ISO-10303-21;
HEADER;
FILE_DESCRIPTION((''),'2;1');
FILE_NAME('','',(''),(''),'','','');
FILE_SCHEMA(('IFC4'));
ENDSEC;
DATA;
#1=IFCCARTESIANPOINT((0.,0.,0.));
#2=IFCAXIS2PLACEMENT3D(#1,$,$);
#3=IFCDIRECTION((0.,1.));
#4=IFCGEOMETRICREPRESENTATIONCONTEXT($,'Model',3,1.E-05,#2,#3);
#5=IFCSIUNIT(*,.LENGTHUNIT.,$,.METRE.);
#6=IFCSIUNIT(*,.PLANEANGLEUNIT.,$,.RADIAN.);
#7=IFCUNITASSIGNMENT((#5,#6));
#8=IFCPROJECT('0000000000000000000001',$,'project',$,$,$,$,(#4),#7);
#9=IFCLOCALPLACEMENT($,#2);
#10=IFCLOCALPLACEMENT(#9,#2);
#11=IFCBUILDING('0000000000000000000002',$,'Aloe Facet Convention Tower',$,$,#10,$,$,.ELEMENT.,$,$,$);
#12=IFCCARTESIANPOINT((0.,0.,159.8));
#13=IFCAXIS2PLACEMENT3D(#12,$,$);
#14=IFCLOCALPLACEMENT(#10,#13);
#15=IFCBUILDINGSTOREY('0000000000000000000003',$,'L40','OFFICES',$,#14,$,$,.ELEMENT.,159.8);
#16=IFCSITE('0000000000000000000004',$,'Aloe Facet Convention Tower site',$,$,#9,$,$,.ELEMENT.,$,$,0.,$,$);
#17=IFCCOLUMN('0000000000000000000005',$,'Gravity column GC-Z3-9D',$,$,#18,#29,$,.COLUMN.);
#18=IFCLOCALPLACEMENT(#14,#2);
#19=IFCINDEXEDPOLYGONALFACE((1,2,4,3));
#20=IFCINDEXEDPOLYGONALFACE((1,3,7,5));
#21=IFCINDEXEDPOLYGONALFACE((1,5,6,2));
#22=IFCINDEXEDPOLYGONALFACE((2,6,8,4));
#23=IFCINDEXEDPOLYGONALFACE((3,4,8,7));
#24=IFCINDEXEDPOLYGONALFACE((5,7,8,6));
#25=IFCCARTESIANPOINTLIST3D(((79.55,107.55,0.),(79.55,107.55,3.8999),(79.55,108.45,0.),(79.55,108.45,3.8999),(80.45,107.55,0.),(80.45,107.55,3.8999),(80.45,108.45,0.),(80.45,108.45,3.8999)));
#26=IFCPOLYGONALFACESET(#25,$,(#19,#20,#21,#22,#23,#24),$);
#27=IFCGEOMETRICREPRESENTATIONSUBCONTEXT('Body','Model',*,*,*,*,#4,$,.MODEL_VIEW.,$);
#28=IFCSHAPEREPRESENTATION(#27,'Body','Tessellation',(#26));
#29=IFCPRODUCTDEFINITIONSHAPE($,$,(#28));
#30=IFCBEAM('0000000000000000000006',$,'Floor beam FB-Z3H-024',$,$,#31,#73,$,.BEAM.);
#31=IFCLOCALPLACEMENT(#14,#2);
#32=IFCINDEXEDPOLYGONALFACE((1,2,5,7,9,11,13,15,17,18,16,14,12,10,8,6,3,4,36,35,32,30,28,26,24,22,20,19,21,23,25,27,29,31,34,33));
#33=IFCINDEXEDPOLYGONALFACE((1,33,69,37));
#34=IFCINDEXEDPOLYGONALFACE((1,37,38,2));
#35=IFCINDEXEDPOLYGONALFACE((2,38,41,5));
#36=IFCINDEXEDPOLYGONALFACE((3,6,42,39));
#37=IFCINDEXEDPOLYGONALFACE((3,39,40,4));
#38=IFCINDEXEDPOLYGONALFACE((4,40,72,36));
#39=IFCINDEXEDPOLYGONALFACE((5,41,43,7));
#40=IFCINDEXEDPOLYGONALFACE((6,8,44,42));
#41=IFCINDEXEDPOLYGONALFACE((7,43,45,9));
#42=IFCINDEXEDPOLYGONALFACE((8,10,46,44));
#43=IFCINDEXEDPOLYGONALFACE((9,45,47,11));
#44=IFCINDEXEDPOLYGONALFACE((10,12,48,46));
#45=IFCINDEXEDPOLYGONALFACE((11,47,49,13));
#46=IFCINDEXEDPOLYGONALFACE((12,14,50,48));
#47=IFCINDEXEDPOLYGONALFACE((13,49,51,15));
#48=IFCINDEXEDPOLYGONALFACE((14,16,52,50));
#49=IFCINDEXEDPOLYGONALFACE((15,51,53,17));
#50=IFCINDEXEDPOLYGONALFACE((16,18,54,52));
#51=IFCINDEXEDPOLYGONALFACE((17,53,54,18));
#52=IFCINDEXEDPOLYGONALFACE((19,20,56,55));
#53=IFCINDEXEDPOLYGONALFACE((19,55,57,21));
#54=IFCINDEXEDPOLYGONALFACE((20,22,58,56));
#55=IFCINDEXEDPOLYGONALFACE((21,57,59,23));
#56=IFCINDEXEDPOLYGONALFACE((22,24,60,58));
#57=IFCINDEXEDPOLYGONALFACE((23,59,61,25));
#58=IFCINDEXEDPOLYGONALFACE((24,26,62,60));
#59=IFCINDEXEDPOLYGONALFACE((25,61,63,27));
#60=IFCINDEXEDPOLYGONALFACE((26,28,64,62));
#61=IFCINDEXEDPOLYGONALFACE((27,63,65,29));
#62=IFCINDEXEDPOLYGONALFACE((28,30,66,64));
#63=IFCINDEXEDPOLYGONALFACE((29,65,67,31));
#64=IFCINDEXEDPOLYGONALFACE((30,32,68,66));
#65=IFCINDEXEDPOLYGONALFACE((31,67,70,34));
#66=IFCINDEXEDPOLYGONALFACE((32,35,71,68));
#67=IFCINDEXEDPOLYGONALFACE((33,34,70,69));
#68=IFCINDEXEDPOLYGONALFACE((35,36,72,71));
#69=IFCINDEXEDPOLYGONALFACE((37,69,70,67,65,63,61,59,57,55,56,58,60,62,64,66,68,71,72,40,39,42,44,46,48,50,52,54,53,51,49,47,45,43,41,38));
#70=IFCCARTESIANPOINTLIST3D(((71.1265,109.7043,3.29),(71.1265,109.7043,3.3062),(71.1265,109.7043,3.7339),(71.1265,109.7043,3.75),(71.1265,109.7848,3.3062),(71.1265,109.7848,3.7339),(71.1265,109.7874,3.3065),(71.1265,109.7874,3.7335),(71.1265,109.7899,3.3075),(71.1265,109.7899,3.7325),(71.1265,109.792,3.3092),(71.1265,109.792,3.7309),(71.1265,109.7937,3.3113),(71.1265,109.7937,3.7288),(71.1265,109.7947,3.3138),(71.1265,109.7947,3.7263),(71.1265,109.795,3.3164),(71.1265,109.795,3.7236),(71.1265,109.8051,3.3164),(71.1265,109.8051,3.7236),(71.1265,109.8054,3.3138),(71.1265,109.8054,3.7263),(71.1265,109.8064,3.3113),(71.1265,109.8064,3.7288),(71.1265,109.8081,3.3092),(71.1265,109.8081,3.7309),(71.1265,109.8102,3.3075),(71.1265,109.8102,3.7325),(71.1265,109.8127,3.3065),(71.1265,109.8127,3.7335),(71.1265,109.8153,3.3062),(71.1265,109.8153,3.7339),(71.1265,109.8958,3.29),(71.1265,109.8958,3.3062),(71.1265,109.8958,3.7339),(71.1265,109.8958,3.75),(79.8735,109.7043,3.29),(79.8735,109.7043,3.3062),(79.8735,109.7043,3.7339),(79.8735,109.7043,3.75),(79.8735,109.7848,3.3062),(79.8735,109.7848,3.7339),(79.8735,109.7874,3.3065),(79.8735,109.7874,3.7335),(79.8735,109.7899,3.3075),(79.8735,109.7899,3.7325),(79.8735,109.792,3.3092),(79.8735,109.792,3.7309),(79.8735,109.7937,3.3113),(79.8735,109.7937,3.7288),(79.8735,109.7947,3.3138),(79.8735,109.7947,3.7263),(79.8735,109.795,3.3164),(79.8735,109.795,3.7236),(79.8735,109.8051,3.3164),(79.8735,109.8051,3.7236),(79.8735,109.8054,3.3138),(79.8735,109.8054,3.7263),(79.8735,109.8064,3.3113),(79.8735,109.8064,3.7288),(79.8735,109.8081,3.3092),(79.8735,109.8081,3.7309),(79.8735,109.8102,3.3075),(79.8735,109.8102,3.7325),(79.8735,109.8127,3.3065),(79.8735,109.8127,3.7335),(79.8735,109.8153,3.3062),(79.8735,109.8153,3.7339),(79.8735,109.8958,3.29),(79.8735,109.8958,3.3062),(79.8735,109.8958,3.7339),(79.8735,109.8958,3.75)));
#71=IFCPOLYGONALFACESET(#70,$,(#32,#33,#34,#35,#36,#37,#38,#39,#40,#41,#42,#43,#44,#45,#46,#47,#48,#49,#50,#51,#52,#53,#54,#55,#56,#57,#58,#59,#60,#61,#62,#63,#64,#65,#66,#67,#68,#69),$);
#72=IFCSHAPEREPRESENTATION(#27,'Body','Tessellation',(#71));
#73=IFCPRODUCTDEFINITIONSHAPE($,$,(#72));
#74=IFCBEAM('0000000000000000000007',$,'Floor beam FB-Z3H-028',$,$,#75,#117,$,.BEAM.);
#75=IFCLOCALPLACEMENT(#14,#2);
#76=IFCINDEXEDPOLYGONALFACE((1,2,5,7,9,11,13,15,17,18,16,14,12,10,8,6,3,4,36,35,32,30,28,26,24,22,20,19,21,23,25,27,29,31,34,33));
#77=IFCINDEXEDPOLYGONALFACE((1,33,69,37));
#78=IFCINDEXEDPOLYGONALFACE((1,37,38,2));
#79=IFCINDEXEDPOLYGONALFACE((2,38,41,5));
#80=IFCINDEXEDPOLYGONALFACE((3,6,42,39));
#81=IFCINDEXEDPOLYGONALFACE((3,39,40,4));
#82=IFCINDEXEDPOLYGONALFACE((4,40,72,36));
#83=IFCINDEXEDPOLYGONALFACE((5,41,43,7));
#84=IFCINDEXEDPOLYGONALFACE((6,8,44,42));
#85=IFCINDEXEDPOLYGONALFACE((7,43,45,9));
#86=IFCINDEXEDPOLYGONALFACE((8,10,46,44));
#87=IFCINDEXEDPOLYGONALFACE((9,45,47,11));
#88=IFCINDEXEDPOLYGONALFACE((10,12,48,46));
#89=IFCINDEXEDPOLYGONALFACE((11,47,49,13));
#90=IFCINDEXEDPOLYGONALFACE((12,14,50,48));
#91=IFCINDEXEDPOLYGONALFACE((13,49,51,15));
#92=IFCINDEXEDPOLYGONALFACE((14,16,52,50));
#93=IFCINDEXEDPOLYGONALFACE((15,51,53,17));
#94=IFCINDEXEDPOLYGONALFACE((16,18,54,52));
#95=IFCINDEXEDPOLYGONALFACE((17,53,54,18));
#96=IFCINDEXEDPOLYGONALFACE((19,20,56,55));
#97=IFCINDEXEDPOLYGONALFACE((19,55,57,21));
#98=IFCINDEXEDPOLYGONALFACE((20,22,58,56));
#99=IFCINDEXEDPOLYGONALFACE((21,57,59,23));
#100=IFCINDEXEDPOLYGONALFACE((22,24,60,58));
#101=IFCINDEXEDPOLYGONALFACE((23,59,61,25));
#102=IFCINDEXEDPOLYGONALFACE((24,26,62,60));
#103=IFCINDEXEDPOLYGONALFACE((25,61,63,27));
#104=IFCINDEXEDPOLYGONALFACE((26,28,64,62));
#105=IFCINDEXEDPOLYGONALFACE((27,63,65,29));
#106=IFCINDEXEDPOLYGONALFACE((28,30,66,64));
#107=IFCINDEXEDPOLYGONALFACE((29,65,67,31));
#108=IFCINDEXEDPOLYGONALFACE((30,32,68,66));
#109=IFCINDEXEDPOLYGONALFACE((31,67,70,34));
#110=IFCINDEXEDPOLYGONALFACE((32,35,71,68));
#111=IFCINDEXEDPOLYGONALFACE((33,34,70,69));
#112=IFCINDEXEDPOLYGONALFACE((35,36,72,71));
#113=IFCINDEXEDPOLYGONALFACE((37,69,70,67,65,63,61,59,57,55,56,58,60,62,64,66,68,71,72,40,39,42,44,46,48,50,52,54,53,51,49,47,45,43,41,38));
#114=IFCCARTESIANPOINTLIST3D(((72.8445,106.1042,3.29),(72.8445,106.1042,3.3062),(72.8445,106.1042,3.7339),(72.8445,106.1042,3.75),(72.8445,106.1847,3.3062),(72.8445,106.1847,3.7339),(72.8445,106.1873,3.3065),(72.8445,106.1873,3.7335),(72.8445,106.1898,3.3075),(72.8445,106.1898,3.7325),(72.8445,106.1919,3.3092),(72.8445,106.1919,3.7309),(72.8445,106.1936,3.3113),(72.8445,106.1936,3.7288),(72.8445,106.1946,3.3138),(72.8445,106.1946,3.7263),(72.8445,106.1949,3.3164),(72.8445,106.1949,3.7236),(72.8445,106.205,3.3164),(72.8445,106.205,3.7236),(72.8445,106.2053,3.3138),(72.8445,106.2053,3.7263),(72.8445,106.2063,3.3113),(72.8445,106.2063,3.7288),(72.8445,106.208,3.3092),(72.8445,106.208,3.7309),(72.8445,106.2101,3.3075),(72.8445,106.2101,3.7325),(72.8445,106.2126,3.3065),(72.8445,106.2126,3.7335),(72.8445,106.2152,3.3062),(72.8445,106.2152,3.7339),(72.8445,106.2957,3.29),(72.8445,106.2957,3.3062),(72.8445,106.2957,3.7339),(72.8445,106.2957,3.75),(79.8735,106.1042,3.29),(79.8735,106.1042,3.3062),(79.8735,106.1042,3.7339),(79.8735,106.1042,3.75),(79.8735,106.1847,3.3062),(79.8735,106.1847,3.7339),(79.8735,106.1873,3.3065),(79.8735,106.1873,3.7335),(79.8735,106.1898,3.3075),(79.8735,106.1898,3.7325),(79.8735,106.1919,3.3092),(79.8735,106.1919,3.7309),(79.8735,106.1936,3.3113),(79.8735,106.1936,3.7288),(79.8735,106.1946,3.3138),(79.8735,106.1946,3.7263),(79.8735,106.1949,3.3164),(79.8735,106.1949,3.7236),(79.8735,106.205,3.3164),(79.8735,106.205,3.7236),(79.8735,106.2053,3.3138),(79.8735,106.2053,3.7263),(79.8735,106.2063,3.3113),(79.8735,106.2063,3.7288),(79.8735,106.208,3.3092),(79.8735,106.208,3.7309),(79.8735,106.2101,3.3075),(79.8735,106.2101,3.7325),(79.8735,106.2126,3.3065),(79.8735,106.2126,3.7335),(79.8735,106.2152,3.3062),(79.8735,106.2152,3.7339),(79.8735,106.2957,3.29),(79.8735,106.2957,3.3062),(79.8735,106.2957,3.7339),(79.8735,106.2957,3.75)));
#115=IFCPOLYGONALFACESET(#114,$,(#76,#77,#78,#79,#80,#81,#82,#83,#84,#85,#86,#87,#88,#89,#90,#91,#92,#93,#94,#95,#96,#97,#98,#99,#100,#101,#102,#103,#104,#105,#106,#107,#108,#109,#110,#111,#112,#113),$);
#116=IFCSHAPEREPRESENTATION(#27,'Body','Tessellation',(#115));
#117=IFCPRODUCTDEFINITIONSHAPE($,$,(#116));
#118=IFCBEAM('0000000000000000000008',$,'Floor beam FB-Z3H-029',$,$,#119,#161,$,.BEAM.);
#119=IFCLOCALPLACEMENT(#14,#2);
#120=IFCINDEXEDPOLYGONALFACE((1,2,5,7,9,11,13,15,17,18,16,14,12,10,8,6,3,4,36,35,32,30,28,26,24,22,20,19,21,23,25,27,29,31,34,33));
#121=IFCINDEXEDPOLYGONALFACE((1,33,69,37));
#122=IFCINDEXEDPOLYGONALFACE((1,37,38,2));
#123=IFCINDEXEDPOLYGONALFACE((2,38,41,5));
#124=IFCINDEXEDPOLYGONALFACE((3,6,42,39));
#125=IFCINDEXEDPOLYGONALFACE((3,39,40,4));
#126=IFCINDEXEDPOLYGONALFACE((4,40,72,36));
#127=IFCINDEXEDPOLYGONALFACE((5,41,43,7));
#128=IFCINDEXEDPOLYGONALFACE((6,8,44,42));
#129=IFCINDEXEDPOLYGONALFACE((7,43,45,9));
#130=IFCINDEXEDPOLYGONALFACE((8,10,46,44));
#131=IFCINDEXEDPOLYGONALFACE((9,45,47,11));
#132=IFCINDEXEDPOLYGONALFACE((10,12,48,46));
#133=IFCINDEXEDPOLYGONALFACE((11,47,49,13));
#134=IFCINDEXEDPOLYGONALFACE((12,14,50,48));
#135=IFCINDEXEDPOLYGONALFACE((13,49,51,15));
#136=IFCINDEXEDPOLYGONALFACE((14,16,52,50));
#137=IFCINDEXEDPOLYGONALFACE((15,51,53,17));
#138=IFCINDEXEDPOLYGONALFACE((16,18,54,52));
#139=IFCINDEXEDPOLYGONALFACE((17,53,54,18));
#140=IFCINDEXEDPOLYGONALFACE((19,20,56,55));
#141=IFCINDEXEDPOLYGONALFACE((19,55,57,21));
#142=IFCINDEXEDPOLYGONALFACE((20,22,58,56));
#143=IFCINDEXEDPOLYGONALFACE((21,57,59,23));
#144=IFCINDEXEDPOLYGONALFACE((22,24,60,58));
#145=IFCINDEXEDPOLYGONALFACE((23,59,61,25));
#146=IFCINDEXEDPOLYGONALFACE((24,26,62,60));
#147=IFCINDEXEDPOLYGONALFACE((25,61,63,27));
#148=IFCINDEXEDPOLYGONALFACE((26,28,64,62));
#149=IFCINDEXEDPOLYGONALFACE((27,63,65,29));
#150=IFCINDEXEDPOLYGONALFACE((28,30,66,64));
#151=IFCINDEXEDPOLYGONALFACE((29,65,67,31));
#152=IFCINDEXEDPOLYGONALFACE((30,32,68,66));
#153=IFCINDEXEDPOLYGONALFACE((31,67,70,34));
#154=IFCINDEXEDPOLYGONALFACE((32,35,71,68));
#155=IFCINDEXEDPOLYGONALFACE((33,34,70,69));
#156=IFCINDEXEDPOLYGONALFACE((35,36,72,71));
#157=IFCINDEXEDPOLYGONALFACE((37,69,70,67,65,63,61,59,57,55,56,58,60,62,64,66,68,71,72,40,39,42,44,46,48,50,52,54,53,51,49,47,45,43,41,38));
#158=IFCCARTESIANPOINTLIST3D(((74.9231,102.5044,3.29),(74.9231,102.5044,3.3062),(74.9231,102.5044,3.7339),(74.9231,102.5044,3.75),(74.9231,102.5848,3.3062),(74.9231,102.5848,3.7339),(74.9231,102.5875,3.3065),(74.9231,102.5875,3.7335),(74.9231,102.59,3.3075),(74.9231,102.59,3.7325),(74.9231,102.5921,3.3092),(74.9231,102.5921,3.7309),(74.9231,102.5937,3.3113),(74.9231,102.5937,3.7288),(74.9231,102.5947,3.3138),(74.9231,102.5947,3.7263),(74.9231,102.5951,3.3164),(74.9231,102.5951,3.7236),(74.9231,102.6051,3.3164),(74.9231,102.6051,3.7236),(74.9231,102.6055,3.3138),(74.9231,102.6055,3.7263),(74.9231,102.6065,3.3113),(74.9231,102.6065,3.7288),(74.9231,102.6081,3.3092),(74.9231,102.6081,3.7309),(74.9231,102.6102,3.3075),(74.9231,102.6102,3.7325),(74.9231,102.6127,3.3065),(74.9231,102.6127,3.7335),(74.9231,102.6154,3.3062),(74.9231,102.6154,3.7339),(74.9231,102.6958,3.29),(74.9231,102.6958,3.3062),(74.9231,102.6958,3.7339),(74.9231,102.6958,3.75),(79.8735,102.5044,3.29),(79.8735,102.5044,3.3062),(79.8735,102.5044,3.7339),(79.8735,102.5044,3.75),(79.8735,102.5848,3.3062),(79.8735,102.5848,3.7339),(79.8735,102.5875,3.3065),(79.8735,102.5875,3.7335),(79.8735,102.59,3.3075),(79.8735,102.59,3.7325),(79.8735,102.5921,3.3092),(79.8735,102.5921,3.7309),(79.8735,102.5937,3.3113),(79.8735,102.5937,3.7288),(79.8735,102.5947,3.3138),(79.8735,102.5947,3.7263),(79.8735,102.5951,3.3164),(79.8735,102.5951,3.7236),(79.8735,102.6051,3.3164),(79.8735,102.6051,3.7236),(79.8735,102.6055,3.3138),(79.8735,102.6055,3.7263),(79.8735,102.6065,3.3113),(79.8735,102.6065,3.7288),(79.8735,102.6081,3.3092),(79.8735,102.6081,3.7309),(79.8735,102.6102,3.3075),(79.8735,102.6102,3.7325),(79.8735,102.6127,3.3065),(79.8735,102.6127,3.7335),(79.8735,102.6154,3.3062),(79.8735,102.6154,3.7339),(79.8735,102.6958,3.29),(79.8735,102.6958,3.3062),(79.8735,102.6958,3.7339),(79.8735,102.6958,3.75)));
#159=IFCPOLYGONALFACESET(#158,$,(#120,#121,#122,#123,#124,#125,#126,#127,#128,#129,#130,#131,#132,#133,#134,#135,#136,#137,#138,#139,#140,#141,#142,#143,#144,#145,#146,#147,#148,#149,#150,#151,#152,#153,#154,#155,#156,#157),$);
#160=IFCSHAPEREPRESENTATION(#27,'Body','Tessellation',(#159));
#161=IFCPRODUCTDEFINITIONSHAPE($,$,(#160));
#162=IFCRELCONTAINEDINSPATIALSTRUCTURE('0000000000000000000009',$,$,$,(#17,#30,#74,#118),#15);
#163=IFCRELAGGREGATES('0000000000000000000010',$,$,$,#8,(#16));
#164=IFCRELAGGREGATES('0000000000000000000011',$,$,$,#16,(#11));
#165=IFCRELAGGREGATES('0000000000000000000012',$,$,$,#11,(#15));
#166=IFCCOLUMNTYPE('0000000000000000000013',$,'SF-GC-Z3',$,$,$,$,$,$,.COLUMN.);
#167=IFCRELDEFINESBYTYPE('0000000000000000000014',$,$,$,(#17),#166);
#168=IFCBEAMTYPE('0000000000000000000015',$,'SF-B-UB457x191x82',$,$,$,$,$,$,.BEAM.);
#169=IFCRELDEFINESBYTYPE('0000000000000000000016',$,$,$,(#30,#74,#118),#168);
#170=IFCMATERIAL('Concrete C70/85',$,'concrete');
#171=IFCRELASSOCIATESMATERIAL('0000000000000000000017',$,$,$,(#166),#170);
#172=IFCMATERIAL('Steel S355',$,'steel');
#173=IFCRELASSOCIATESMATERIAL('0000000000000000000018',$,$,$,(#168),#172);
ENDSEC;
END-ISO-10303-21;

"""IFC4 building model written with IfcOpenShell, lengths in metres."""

from ifc_helpers import new_model, si_unit, direction, frame, origin, origin_2d, place, context, subcontext, project, spatial, rectangle, i_section, extrude, material, material_profile, profile_set, type_object, element, save


model = new_model("IFC4")

# Units and contexts
model_context = context("Model", 3, precision=1e-05, world=origin(), true_north=direction((0.0, 1.0)))
body_context = subcontext(model_context, "Body", "Model", "MODEL_VIEW")
ifc_project = project(units=[si_unit("LENGTHUNIT", "METRE"), si_unit("PLANEANGLEUNIT", "RADIAN")], contexts=[model_context])

# Site, building, storey
site_placement = place(None, origin())
site = spatial("IfcSite", under=ifc_project, at=site_placement, Name="Aloe Facet Convention Tower site", CompositionType="ELEMENT", RefElevation=0.0)
building_placement = place(site_placement, origin())
building = spatial("IfcBuilding", under=site, at=building_placement, Name="Aloe Facet Convention Tower", CompositionType="ELEMENT")
storey_placement = place(building_placement, frame((0.0, 0.0, 159.8)))
storey = spatial("IfcBuildingStorey", under=building, at=storey_placement, Name="L40", Description="OFFICES", CompositionType="ELEMENT", Elevation=159.8)

# Column
ifc_material_1 = material(Name="Concrete C70/85", Category="concrete")
ifc_material_profile_1 = material_profile(ifc_material_1, rectangle(XDim=0.8999, YDim=0.8999, at=origin_2d()), Name="SF-GC-Z3")
ifc_profile_set_1 = profile_set([ifc_material_profile_1], Name="Concrete C70/85")
column_type = type_object("IfcColumnType", Name="SF-GC-Z3", PredefinedType="COLUMN", material=ifc_profile_set_1)
column_placement = place(storey_placement, frame((80.0, 108.0, 0.0), z_axis=(0.0, 0.0, 1.0), x_axis=(1.0, 0.0, 0.0)))
element("IfcColumn", 1, at=column_placement, inside=storey, type_object=column_type, Name="Gravity column GC-Z3-9D", PredefinedType="COLUMN", context=body_context, shape_type="SweptSolid", body=[
    extrude(rectangle(XDim=0.8999, YDim=0.8999, at=origin_2d()), origin(), (0.0, 0.0, 1.0), 3.8999),
])

# Beams
ifc_material_2 = material(Name="Steel S355", Category="steel")
ifc_material_profile_2 = material_profile(ifc_material_2, i_section(OverallWidth=0.1914, OverallDepth=0.46, WebThickness=0.01, FlangeThickness=0.0161, FilletRadius=0.0103, at=origin_2d()), Name="UB 457x191x82")
ifc_profile_set_2 = profile_set([ifc_material_profile_2], Name="Steel S355")
beam_type_1 = type_object("IfcBeamType", Name="SF-B-UB457x191x82", PredefinedType="BEAM", material=ifc_profile_set_2)
beam_1_placement = place(storey_placement, frame((71.1265, 109.8, 3.52), z_axis=(1.0, 0.0, 0.0), x_axis=(0.0, 1.0, 0.0)))
element("IfcBeam", 2, at=beam_1_placement, inside=storey, type_object=beam_type_1, Name="Floor beam FB-Z3H-024", PredefinedType="BEAM", context=body_context, shape_type="SweptSolid", body=[
    extrude(i_section(OverallWidth=0.1914, OverallDepth=0.46, WebThickness=0.01, FlangeThickness=0.0161, FilletRadius=0.0103, at=origin_2d()), origin(), (0.0, 0.0, 1.0), 8.7471),
])
beam_2_placement = place(storey_placement, frame((72.8445, 106.2, 3.52), z_axis=(1.0, 0.0, 0.0), x_axis=(0.0, 1.0, 0.0)))
element("IfcBeam", 3, at=beam_2_placement, inside=storey, type_object=beam_type_1, Name="Floor beam FB-Z3H-028", PredefinedType="BEAM", context=body_context, shape_type="SweptSolid", body=[
    extrude(i_section(OverallWidth=0.1914, OverallDepth=0.46, WebThickness=0.01, FlangeThickness=0.0161, FilletRadius=0.0103, at=origin_2d()), origin(), (0.0, 0.0, 1.0), 7.0291),
])
beam_3_placement = place(storey_placement, frame((74.9231, 102.6001, 3.52), z_axis=(1.0, 0.0, 0.0), x_axis=(0.0, 1.0, 0.0)))
element("IfcBeam", 4, at=beam_3_placement, inside=storey, type_object=beam_type_1, Name="Floor beam FB-Z3H-029", PredefinedType="BEAM", context=body_context, shape_type="SweptSolid", body=[
    extrude(i_section(OverallWidth=0.1914, OverallDepth=0.46, WebThickness=0.01, FlangeThickness=0.0161, FilletRadius=0.0103, at=origin_2d()), origin(), (0.0, 0.0, 1.0), 4.9504),
])

save(model, "model.ifc")
